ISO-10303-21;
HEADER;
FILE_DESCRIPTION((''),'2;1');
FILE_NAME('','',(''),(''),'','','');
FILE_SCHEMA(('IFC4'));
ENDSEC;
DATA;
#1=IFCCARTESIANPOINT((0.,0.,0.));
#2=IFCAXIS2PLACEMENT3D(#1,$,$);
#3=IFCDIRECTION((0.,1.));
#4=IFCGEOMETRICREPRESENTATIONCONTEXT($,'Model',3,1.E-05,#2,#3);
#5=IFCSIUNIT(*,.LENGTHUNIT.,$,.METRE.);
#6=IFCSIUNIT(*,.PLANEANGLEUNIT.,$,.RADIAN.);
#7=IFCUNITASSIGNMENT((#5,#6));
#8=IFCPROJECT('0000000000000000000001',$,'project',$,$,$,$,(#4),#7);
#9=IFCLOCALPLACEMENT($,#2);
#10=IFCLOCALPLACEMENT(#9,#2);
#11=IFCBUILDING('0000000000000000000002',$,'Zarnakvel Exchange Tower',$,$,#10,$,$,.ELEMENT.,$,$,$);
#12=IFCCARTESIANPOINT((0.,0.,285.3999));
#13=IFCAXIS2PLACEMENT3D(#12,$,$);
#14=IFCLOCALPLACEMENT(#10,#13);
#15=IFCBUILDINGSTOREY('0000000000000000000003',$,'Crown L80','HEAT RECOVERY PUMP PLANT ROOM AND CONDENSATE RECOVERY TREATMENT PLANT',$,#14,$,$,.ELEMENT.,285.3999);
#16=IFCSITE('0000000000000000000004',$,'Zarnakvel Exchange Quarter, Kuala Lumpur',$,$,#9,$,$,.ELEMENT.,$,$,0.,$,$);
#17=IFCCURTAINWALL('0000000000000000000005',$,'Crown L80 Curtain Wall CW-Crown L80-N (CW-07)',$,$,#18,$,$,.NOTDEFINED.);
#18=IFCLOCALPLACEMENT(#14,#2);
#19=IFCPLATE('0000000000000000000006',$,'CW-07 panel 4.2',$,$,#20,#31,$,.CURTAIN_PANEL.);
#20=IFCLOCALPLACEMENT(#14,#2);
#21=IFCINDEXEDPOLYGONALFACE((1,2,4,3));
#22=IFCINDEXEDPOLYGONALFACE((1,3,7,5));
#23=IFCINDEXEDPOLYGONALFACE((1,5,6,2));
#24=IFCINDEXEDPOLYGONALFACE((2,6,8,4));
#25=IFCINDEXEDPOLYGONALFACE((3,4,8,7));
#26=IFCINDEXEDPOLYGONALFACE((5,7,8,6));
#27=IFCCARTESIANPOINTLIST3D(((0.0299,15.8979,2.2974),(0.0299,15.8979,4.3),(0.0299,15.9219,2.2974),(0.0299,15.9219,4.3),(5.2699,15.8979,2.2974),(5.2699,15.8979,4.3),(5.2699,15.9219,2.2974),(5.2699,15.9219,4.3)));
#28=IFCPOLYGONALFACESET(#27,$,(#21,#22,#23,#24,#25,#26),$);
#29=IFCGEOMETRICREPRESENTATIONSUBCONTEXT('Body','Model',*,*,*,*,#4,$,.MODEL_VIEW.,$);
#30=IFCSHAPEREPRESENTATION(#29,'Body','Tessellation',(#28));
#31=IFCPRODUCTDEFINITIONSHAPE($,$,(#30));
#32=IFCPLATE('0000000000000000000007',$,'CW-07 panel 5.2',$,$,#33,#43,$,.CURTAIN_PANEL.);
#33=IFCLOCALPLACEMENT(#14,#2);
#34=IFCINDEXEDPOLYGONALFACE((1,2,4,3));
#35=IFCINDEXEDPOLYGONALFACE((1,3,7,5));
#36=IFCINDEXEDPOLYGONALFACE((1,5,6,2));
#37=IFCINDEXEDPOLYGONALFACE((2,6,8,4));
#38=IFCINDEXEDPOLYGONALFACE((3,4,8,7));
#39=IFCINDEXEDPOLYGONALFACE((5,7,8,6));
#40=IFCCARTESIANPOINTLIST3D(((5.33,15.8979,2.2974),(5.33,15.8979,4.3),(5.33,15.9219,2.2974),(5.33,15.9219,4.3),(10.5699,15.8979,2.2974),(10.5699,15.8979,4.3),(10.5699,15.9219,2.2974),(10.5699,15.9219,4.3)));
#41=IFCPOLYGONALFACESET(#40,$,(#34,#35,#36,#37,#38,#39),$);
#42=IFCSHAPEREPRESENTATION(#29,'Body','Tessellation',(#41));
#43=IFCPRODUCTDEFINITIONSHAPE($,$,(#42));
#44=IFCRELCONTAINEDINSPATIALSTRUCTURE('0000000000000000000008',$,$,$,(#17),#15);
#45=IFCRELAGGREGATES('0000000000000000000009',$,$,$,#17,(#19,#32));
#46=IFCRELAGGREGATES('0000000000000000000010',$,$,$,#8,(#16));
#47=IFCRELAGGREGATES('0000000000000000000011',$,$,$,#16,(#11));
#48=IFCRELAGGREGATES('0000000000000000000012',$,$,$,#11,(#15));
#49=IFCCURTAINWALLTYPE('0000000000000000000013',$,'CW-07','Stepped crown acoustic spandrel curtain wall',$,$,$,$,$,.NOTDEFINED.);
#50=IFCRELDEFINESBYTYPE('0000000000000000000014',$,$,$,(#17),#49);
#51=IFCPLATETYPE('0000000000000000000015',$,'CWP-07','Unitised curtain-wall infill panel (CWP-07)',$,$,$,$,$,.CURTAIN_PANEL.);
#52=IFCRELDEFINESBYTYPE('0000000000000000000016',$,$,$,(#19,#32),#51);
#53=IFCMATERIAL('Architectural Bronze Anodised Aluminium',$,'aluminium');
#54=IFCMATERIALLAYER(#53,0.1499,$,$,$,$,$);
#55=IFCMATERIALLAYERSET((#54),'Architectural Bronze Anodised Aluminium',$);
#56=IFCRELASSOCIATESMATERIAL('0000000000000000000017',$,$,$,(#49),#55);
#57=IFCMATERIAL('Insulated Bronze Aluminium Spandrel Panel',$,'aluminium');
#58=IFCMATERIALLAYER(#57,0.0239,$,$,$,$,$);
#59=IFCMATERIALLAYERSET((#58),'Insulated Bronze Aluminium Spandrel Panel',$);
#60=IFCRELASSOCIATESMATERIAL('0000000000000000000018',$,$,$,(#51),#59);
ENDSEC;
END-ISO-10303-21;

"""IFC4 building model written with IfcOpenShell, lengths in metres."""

from ifc_helpers import new_model, si_unit, direction, frame, origin, origin_2d, place, context, subcontext, project, spatial, rectangle, extrude, source, transform, mapped, material, layer, layer_set, type_object, element, aggregate, save


model = new_model("IFC4")

# Units and contexts
model_context = context("Model", 3, precision=1e-05, world=origin(), true_north=direction((0.0, 1.0)))
body_context = subcontext(model_context, "Body", "Model", "MODEL_VIEW")
ifc_project = project(units=[si_unit("LENGTHUNIT", "METRE"), si_unit("PLANEANGLEUNIT", "RADIAN")], contexts=[model_context])

# Site, building, storey
site_placement = place(None, origin())
site = spatial("IfcSite", under=ifc_project, at=site_placement, Name="Zarnakvel Exchange Quarter, Kuala Lumpur", CompositionType="ELEMENT", RefElevation=0.0)
building_placement = place(site_placement, origin())
building = spatial("IfcBuilding", under=site, at=building_placement, Name="Zarnakvel Exchange Tower", CompositionType="ELEMENT")
storey_placement = place(building_placement, frame((0.0, 0.0, 285.3999)))
storey = spatial("IfcBuildingStorey", under=building, at=storey_placement, Name="Crown L80", Description="HEAT RECOVERY PUMP PLANT ROOM AND CONDENSATE RECOVERY TREATMENT PLANT", CompositionType="ELEMENT", Elevation=285.3999)

# Curtain wall
ifc_material_1 = material(Name="Architectural Bronze Anodised Aluminium", Category="aluminium")
ifc_layer_1 = layer(ifc_material_1, 0.1499)
ifc_layer_set_1 = layer_set([ifc_layer_1], Name="Architectural Bronze Anodised Aluminium")
curtain_wall_type = type_object("IfcCurtainWallType", Name="CW-07", Description="Stepped crown acoustic spandrel curtain wall", PredefinedType="NOTDEFINED", material=ifc_layer_set_1)
curtain_wall_placement = place(storey_placement, origin())
curtain_wall = element("IfcCurtainWall", 1, at=curtain_wall_placement, inside=storey, type_object=curtain_wall_type, Name="Crown L80 Curtain Wall CW-Crown L80-N (CW-07)", PredefinedType="NOTDEFINED")

# Plates
ifc_material_2 = material(Name="Insulated Bronze Aluminium Spandrel Panel", Category="aluminium")
ifc_layer_2 = layer(ifc_material_2, 0.0239)
ifc_layer_set_2 = layer_set([ifc_layer_2], Name="Insulated Bronze Aluminium Spandrel Panel")
plate_type_1 = type_object("IfcPlateType", Name="CWP-07", Description="Unitised curtain-wall infill panel (CWP-07)", PredefinedType="CURTAIN_PANEL", material=ifc_layer_set_2)
shared_shape_1 = source(origin(), body_context, "Body", "SweptSolid", [
    extrude(rectangle(XDim=5.24, YDim=0.0239, at=origin_2d()), origin(), (0.0, 0.0, 1.0), 2.0027),
])
plate_1_placement = place(storey_placement, frame((2.6499, 15.9099, 2.2974), z_axis=(0.0, 0.0, 1.0), x_axis=(1.0, 0.0, 0.0)))
plate_1 = element("IfcPlate", 2, at=plate_1_placement, type_object=plate_type_1, Name="CW-07 panel 4.2", PredefinedType="CURTAIN_PANEL", context=body_context, shape_type="MappedRepresentation", body=[
    mapped(shared_shape_1, transform((0.0, 0.0, 0.0), x_axis=(1.0, 0.0, 0.0), y_axis=(0.0, 1.0, 0.0), z_axis=(0.0, 0.0, 1.0), scale=1.0)),
])
plate_2_placement = place(storey_placement, frame((7.95, 15.9099, 2.2974), z_axis=(0.0, 0.0, 1.0), x_axis=(1.0, 0.0, 0.0)))
plate_2 = element("IfcPlate", 3, at=plate_2_placement, type_object=plate_type_1, Name="CW-07 panel 5.2", PredefinedType="CURTAIN_PANEL", context=body_context, shape_type="MappedRepresentation", body=[
    mapped(shared_shape_1, transform((0.0, 0.0, 0.0), x_axis=(1.0, 0.0, 0.0), y_axis=(0.0, 1.0, 0.0), z_axis=(0.0, 0.0, 1.0), scale=1.0)),
])
aggregate(curtain_wall, [plate_1, plate_2])

save(model, "model.ifc")
